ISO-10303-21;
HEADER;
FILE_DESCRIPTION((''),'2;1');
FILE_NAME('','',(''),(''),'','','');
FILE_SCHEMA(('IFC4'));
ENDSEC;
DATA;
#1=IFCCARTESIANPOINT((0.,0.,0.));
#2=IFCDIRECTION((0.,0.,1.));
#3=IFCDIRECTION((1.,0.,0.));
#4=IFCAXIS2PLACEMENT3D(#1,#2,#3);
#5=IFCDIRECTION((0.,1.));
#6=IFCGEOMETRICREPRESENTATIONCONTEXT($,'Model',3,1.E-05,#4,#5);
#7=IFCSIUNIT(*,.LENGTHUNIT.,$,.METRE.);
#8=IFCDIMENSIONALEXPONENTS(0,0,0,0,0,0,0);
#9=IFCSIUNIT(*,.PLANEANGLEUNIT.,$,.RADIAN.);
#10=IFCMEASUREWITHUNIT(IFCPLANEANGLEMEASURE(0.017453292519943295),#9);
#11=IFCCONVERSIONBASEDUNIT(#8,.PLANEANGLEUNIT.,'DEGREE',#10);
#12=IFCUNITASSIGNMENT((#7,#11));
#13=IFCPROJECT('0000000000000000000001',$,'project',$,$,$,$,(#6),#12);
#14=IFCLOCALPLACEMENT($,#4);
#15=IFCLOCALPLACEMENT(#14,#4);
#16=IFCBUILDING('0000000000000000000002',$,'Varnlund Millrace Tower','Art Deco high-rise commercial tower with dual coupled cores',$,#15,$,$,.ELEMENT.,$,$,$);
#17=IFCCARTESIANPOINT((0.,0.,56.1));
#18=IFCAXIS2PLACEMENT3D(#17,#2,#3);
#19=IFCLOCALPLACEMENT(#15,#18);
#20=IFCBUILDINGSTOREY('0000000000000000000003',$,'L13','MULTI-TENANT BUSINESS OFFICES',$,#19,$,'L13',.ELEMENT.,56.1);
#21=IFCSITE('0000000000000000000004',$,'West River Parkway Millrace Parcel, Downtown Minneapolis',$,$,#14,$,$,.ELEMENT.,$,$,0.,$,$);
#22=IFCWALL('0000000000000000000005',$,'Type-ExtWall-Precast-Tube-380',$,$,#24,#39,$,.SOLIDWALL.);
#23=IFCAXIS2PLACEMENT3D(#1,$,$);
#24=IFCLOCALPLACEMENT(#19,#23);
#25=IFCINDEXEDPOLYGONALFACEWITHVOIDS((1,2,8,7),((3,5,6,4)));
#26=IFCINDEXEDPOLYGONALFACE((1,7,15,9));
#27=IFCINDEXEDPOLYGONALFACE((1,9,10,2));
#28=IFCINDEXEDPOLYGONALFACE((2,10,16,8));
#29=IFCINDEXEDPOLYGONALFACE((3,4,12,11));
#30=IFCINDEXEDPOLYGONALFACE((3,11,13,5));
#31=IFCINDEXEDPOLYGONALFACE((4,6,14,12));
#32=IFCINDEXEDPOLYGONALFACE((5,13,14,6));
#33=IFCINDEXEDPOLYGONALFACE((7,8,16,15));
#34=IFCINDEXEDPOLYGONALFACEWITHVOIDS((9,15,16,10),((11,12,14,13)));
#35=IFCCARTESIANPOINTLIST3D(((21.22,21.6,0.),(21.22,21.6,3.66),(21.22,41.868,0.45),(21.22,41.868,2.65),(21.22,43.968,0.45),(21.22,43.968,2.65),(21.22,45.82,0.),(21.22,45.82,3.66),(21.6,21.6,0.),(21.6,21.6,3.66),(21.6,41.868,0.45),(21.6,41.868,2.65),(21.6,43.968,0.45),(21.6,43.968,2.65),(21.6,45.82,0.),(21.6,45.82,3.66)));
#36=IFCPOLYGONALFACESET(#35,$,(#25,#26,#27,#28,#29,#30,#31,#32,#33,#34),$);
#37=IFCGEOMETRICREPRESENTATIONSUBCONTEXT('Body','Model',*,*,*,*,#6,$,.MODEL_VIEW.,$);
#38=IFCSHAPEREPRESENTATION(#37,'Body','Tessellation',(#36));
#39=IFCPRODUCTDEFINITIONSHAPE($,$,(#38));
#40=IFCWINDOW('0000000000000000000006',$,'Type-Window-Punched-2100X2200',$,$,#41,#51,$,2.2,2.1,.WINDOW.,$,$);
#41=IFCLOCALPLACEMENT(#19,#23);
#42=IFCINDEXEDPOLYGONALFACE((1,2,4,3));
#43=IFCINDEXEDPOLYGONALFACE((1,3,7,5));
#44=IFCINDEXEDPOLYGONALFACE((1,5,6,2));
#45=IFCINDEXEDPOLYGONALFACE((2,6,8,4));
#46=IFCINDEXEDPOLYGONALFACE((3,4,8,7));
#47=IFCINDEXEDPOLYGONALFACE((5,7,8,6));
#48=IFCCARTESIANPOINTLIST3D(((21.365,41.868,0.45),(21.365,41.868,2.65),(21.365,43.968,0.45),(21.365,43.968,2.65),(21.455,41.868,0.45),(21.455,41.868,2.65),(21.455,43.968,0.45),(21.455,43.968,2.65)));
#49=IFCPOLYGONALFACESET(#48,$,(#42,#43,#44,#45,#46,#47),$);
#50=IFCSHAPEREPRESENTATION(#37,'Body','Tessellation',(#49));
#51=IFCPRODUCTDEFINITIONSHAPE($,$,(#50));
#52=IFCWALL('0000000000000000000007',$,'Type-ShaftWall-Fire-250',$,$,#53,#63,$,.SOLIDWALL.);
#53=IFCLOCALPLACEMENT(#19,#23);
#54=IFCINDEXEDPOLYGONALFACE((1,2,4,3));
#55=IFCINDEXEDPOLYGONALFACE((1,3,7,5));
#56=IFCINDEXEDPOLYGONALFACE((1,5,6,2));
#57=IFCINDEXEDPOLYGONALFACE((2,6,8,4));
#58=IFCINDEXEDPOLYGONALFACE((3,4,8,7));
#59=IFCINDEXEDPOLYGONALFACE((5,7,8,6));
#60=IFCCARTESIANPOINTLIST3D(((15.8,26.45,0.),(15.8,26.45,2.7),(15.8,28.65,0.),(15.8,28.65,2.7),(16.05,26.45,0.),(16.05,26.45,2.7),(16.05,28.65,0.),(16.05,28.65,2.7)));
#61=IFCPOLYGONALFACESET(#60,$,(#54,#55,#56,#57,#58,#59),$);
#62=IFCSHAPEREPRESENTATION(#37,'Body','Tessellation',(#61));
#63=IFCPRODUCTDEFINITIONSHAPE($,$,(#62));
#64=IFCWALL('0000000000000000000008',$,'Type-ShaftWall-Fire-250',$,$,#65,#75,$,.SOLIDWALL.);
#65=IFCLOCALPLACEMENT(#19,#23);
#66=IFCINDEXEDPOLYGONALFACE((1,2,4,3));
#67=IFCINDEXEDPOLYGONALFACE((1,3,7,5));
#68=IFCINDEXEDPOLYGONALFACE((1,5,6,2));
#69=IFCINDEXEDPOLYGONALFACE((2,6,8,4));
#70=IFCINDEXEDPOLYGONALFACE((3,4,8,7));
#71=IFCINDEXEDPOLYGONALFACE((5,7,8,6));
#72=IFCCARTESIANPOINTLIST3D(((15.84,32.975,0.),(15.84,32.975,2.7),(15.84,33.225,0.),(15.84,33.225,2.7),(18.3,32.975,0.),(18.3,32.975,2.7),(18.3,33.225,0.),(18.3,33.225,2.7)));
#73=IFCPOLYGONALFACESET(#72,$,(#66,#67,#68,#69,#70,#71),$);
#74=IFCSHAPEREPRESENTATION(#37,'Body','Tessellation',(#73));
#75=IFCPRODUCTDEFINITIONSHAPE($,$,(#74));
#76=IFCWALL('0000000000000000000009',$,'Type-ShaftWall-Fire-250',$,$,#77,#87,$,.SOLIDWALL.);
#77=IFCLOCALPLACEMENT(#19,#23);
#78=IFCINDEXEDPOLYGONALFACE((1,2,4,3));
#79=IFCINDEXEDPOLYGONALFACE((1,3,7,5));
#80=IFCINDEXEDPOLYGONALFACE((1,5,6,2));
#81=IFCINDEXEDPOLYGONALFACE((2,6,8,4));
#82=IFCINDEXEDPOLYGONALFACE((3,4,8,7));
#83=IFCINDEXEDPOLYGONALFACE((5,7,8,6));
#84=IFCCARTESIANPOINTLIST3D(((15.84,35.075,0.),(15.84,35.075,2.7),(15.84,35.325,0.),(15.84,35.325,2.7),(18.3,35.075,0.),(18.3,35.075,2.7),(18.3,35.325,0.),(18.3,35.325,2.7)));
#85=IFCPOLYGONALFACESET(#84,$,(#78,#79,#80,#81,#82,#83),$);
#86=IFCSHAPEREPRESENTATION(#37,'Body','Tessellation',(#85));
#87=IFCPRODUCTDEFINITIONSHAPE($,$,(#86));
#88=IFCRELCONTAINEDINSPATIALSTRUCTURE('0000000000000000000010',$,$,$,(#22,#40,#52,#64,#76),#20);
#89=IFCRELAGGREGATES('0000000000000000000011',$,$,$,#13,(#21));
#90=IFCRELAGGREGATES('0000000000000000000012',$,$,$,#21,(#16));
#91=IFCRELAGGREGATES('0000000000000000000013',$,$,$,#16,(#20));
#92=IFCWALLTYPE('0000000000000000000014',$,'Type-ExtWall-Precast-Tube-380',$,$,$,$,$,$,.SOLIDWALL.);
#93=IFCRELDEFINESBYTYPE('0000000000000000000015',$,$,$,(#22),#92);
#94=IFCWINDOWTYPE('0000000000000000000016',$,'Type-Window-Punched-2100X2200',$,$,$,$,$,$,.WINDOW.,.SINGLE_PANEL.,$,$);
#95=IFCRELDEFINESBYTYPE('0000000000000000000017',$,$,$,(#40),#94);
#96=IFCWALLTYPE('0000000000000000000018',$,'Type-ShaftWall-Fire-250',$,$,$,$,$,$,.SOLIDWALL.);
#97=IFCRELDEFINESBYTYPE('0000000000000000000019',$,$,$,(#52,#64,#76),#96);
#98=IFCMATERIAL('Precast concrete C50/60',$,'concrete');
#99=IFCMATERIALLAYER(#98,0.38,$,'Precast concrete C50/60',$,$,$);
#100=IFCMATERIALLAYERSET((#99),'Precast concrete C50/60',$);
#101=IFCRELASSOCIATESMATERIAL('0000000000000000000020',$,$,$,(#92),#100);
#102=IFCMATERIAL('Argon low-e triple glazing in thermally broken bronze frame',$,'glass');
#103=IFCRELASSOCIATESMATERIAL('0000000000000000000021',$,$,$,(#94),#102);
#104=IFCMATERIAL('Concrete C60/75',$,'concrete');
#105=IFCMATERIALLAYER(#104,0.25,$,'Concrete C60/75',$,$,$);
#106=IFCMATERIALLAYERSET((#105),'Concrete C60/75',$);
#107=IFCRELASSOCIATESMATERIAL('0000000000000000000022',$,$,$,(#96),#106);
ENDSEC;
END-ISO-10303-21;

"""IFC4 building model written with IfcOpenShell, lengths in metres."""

from ifc_helpers import new_model, entity, si_unit, converted_unit, direction, frame, origin_with_axes, origin_2d_with_axis, place, context, subcontext, project, spatial, polyline, rectangle, outline, extrude, material, layer, layer_set, type_object, element, fill, save


model = new_model("IFC4")

# Units and contexts
model_context = context("Model", 3, precision=1e-05, world=origin_with_axes(), true_north=direction((0.0, 1.0)))
body_context = subcontext(model_context, "Body", "Model", "MODEL_VIEW")
ifc_project = project(units=[si_unit("LENGTHUNIT", "METRE"), converted_unit("PLANEANGLEUNIT", "DEGREE", entity("IfcPlaneAngleMeasure", 0.017453292519943295), si_unit("PLANEANGLEUNIT", "RADIAN"), dimensions=[0, 0, 0, 0, 0, 0, 0])], contexts=[model_context])

# Site, building, storey
site_placement = place(None, origin_with_axes())
site = spatial("IfcSite", under=ifc_project, at=site_placement, Name="West River Parkway Millrace Parcel, Downtown Minneapolis", CompositionType="ELEMENT", RefElevation=0.0)
building_placement = place(site_placement, origin_with_axes())
building = spatial("IfcBuilding", under=site, at=building_placement, Name="Varnlund Millrace Tower", Description="Art Deco high-rise commercial tower with dual coupled cores", CompositionType="ELEMENT")
storey_placement = place(building_placement, frame((0.0, 0.0, 56.1), z_axis=(0.0, 0.0, 1.0), x_axis=(1.0, 0.0, 0.0)))
storey = spatial("IfcBuildingStorey", under=building, at=storey_placement, Name="L13", Description="MULTI-TENANT BUSINESS OFFICES", LongName="L13", CompositionType="ELEMENT", Elevation=56.1)

# Shared definitions
ifc_material_1 = material(Name="Precast concrete C50/60", Category="concrete")
ifc_layer_1 = layer(ifc_material_1, 0.38, Name="Precast concrete C50/60")
ifc_layer_set_1 = layer_set([ifc_layer_1], Name="Precast concrete C50/60")
wall_type_1 = type_object("IfcWallType", Name="Type-ExtWall-Precast-Tube-380", PredefinedType="SOLIDWALL", material=ifc_layer_set_1)

# Wall, opening, window
wall_1_placement = place(storey_placement, frame((21.41, 45.82, 0.0), z_axis=(0.0, 0.0, 1.0), x_axis=(0.0, -1.0, 0.0)))
wall_1 = element("IfcWall", 1, at=wall_1_placement, inside=storey, type_object=wall_type_1, Name="Type-ExtWall-Precast-Tube-380", PredefinedType="SOLIDWALL", context=body_context, shape_type="SweptSolid", body=[
    extrude(outline(polyline([(0.0, -0.19), (24.22, -0.19), (24.22, 0.19), (0.0, 0.19), (0.0, -0.19)])), origin_with_axes(), (0.0, 0.0, 1.0), 3.66),
])
opening_1_placement = place(wall_1_placement, frame((2.902, 0.0, 0.45), z_axis=(0.0, 0.0, 1.0), x_axis=(1.0, 0.0, 0.0)))
opening_1 = element("IfcOpeningElement", 2, at=opening_1_placement, cuts=wall_1, PredefinedType="OPENING", context=body_context, shape_type="SweptSolid", body=[
    extrude(rectangle(XDim=2.1, YDim=0.4, at=origin_2d_with_axis()), origin_with_axes(), (0.0, 0.0, 1.0), 2.2),
])
ifc_material_2 = material(Name="Argon low-e triple glazing in thermally broken bronze frame", Category="glass")
window_type = type_object("IfcWindowType", Name="Type-Window-Punched-2100X2200", PartitioningType="SINGLE_PANEL", PredefinedType="WINDOW", material=ifc_material_2)
window_placement = place(wall_1_placement, frame((2.902, 0.0, 0.45), z_axis=(0.0, 0.0, 1.0), x_axis=(1.0, 0.0, 0.0)))
window = element("IfcWindow", 3, at=window_placement, inside=storey, type_object=window_type, Name="Type-Window-Punched-2100X2200", OverallHeight=2.2, OverallWidth=2.1, PredefinedType="WINDOW", context=body_context, shape_type="SweptSolid", body=[
    extrude(rectangle(XDim=2.1, YDim=0.09, at=origin_2d_with_axis()), origin_with_axes(), (0.0, 0.0, 1.0), 2.2),
])
fill(opening_1, window)

# Walls
ifc_material_3 = material(Name="Concrete C60/75", Category="concrete")
ifc_layer_2 = layer(ifc_material_3, 0.25, Name="Concrete C60/75")
ifc_layer_set_2 = layer_set([ifc_layer_2], Name="Concrete C60/75")
wall_type_2 = type_object("IfcWallType", Name="Type-ShaftWall-Fire-250", PredefinedType="SOLIDWALL", material=ifc_layer_set_2)
wall_2_placement = place(storey_placement, frame((15.925, 26.45, 0.0), z_axis=(0.0, 0.0, 1.0), x_axis=(0.0, 1.0, 0.0)))
element("IfcWall", 4, at=wall_2_placement, inside=storey, type_object=wall_type_2, Name="Type-ShaftWall-Fire-250", PredefinedType="SOLIDWALL", context=body_context, shape_type="SweptSolid", body=[
    extrude(outline(polyline([(0.0, -0.125), (2.2, -0.125), (2.2, 0.125), (0.0, 0.125), (0.0, -0.125)])), origin_with_axes(), (0.0, 0.0, 1.0), 2.7),
])
for number, where, z_axis, x_axis, name in (
    (5, (15.84, 33.1, 0.0), (0.0, 0.0, 1.0), (1.0, 0.0, 0.0), "Type-ShaftWall-Fire-250"),
    (6, (15.84, 35.2, 0.0), (0.0, 0.0, 1.0), (1.0, 0.0, 0.0), "Type-ShaftWall-Fire-250"),
):
    element("IfcWall", number, at=place(storey_placement, frame(where, z_axis=z_axis, x_axis=x_axis)), inside=storey, type_object=wall_type_2, Name=name, PredefinedType="SOLIDWALL", context=body_context, shape_type="SweptSolid", body=[
        extrude(outline(polyline([(0.0, -0.125), (2.46, -0.125), (2.46, 0.125), (0.0, 0.125), (0.0, -0.125)])), origin_with_axes(), (0.0, 0.0, 1.0), 2.7),
    ])

save(model, "model.ifc")
